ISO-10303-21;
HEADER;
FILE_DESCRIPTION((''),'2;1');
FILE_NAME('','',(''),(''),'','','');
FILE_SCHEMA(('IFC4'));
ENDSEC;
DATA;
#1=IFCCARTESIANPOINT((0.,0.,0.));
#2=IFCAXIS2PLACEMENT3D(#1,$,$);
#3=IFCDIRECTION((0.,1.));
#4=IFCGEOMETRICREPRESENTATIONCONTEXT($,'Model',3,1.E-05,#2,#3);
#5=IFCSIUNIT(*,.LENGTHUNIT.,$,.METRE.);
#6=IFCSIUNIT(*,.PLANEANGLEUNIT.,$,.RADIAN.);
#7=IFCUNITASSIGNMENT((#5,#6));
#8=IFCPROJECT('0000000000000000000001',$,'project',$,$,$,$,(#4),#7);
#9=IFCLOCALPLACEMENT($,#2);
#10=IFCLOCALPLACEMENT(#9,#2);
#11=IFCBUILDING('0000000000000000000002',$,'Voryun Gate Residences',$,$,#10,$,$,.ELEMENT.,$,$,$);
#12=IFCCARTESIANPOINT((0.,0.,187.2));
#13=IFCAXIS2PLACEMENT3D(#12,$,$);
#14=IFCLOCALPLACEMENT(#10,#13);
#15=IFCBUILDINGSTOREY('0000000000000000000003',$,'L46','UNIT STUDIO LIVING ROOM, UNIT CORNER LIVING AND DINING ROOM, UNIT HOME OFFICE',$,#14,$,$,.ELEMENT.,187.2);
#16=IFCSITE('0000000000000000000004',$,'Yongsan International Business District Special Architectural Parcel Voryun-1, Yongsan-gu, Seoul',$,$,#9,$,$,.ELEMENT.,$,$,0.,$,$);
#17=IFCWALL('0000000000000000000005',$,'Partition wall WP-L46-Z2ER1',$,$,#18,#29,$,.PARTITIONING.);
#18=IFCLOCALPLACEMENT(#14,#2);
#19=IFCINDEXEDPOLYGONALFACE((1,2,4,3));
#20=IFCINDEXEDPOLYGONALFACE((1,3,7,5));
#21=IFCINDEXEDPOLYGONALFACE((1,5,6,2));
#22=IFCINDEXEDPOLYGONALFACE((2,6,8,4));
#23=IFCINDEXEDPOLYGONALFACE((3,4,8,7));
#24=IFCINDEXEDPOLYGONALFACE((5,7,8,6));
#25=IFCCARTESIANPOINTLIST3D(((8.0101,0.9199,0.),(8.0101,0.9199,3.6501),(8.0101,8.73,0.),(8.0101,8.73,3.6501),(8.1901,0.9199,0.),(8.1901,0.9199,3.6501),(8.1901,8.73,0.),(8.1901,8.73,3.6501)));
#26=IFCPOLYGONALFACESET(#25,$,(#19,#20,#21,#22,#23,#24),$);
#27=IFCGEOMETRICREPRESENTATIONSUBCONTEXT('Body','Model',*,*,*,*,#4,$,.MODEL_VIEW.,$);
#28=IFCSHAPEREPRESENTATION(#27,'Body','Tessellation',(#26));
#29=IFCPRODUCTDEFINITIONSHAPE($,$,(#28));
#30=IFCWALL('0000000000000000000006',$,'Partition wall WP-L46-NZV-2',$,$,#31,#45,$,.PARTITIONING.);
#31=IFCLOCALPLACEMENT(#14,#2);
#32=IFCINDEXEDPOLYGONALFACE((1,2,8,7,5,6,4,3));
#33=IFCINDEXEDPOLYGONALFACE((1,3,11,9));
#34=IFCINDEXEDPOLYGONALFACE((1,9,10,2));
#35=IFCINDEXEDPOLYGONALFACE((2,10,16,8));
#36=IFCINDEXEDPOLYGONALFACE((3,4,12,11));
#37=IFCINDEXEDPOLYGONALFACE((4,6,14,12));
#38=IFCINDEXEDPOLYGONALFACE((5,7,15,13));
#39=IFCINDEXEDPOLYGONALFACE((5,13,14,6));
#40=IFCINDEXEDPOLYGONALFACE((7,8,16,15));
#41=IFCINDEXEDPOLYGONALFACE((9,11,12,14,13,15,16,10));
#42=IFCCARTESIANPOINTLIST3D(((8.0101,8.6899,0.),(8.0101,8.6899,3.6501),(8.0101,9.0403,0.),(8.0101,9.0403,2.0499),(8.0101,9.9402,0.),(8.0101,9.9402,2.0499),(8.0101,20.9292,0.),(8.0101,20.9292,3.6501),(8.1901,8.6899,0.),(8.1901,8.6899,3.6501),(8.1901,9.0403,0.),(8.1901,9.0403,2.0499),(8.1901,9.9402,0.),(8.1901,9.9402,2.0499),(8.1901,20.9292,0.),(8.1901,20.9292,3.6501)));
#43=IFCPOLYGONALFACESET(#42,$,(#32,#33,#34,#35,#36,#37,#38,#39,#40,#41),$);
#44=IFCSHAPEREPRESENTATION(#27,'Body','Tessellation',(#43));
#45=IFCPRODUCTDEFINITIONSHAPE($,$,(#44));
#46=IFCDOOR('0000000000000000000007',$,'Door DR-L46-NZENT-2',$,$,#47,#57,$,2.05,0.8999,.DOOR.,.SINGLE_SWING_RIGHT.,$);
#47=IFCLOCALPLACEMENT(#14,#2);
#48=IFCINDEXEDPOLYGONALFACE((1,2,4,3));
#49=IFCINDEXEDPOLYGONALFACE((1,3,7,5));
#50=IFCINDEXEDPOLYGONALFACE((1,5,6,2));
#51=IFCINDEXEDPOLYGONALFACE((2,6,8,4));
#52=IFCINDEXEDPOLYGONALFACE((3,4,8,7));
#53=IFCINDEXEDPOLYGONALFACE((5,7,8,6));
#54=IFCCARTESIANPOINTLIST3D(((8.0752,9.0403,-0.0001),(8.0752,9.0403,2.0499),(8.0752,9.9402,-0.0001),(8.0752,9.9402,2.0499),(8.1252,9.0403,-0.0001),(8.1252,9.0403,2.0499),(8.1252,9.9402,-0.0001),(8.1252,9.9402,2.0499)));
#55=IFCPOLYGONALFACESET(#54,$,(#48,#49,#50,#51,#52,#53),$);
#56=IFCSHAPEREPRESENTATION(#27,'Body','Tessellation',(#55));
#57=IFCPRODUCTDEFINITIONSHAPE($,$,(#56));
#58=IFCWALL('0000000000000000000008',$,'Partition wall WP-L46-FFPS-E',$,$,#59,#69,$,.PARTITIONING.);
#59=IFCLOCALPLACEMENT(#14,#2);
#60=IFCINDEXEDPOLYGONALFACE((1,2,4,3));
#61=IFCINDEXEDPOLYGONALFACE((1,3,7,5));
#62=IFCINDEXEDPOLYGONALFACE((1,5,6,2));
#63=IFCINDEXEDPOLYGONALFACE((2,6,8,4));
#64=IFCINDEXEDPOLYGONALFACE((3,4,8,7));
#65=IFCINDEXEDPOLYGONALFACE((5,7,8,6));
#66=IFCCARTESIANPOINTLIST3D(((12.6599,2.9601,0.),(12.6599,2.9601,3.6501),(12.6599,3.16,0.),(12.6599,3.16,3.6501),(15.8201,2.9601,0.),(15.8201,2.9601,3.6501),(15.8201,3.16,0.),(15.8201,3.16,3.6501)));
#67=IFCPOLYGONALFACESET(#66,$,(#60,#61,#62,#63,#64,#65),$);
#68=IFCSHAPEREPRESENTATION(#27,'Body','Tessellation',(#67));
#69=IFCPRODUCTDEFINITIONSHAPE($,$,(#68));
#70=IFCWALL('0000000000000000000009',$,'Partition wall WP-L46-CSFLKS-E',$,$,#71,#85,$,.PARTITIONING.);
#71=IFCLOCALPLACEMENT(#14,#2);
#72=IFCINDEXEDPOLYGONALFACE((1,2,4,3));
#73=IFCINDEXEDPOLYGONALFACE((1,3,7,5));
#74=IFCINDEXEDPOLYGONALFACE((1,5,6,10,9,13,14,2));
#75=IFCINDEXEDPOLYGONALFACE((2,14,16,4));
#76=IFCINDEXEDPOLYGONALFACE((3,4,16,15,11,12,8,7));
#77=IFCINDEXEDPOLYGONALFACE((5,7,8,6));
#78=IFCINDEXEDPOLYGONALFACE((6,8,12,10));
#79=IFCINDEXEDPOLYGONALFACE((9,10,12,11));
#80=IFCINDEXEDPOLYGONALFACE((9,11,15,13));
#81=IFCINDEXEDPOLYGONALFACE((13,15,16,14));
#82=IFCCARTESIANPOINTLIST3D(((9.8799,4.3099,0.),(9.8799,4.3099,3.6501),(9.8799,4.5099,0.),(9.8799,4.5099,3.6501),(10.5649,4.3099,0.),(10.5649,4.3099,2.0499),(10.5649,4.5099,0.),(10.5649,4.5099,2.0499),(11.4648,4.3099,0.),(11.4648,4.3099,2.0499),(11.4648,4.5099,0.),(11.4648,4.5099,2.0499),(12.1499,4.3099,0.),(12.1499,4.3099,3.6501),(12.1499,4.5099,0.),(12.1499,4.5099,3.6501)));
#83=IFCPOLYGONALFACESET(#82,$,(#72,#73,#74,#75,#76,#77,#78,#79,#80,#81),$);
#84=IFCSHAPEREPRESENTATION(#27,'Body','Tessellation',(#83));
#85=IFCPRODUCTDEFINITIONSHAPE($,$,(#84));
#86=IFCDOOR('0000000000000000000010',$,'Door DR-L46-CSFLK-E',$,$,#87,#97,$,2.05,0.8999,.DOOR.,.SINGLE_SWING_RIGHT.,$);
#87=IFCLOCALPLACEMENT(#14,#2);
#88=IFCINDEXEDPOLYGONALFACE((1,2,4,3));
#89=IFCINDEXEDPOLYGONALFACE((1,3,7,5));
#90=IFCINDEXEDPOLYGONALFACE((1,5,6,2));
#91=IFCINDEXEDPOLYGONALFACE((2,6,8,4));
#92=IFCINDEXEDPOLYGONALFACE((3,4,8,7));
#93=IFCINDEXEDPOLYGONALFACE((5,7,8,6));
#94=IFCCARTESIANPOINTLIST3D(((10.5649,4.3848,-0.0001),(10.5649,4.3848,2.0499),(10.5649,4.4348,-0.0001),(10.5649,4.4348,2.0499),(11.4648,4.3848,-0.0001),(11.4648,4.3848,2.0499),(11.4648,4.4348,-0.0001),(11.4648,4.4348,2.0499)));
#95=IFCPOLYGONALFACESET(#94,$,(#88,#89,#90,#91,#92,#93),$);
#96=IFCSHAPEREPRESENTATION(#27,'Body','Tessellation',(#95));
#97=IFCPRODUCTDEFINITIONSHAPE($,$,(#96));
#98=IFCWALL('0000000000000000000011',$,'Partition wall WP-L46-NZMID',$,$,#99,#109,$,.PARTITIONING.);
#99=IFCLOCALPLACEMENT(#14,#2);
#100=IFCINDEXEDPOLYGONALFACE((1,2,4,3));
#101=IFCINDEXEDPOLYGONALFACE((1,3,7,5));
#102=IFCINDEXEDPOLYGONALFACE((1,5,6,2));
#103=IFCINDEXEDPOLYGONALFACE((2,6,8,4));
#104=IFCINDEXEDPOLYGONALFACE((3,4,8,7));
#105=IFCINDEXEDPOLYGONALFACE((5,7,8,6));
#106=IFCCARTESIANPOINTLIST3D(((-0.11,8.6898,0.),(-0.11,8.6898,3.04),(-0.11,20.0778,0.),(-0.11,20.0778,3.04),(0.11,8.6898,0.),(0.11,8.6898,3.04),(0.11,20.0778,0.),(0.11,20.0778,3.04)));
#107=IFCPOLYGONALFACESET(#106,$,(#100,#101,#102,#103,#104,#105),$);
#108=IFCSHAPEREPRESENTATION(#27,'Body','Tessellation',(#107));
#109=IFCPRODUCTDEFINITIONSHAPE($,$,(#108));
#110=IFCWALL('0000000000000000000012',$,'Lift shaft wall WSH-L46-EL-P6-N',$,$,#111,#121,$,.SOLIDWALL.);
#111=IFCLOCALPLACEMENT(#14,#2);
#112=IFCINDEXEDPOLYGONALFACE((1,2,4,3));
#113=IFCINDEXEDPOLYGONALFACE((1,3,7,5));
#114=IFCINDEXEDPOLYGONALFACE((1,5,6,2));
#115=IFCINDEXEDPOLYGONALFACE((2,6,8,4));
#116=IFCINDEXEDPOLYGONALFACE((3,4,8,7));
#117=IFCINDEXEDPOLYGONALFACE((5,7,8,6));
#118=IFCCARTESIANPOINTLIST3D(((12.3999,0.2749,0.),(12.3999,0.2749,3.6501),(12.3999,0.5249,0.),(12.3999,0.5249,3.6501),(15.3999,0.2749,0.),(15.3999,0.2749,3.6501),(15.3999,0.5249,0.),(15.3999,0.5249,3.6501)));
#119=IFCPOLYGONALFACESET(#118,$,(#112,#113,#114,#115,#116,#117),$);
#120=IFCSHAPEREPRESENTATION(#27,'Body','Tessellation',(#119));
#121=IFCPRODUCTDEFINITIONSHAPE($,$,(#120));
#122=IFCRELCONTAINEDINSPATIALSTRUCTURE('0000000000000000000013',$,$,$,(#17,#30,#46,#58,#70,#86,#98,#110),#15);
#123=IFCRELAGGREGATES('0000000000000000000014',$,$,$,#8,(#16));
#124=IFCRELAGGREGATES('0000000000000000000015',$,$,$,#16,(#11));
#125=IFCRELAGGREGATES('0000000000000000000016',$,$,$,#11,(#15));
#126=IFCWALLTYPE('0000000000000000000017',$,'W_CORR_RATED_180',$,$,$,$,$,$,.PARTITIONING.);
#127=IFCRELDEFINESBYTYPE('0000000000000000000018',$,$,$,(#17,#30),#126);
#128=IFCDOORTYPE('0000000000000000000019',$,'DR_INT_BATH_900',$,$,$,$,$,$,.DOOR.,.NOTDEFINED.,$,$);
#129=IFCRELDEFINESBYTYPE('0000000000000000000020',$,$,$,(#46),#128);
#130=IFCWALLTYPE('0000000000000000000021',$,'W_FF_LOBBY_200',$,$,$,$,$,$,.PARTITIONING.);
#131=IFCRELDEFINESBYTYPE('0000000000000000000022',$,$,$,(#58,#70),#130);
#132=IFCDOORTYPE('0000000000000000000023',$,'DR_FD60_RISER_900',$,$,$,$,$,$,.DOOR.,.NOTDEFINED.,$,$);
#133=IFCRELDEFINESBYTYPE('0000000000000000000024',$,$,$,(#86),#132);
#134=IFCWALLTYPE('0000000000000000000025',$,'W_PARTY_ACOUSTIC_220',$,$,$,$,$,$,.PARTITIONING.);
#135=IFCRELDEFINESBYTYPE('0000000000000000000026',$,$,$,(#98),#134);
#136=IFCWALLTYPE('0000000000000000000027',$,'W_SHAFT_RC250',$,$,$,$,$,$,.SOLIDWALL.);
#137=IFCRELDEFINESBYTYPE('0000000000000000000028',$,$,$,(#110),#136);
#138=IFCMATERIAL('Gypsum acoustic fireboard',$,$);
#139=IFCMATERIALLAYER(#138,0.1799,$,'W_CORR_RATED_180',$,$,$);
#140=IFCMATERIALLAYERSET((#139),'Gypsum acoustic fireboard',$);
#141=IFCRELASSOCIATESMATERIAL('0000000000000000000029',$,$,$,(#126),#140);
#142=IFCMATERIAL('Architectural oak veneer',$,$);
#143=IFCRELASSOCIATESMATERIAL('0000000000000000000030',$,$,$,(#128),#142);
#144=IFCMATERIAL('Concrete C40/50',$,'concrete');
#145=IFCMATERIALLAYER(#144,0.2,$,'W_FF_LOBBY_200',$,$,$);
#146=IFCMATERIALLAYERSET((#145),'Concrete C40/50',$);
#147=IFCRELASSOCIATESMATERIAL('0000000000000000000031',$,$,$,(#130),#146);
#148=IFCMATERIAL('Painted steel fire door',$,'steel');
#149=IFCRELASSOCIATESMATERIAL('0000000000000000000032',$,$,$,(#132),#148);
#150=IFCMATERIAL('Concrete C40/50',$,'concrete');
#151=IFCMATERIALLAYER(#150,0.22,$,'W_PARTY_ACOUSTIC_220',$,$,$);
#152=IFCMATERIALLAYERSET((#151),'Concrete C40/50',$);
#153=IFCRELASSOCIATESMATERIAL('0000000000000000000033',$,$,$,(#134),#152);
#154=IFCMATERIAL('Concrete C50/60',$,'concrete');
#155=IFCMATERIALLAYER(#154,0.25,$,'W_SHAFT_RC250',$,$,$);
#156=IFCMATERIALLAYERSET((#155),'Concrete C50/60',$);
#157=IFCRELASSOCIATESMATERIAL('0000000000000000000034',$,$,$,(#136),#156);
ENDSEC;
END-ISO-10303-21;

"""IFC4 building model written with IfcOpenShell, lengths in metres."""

from ifc_helpers import new_model, si_unit, direction, frame, frame_2d, origin, place, context, subcontext, project, spatial, rectangle, extrude, material, layer, layer_set, type_object, element, fill, save


model = new_model("IFC4")

# Units and contexts
model_context = context("Model", 3, precision=1e-05, world=origin(), true_north=direction((0.0, 1.0)))
body_context = subcontext(model_context, "Body", "Model", "MODEL_VIEW")
ifc_project = project(units=[si_unit("LENGTHUNIT", "METRE"), si_unit("PLANEANGLEUNIT", "RADIAN")], contexts=[model_context])

# Site, building, storey
site_placement = place(None, origin())
site = spatial("IfcSite", under=ifc_project, at=site_placement, Name="Yongsan International Business District Special Architectural Parcel Voryun-1, Yongsan-gu, Seoul", CompositionType="ELEMENT", RefElevation=0.0)
building_placement = place(site_placement, origin())
building = spatial("IfcBuilding", under=site, at=building_placement, Name="Voryun Gate Residences", CompositionType="ELEMENT")
storey_placement = place(building_placement, frame((0.0, 0.0, 187.2)))
storey = spatial("IfcBuildingStorey", under=building, at=storey_placement, Name="L46", Description="UNIT STUDIO LIVING ROOM, UNIT CORNER LIVING AND DINING ROOM, UNIT HOME OFFICE", CompositionType="ELEMENT", Elevation=187.2)

# Wall
ifc_material_1 = material(Name="Gypsum acoustic fireboard")
ifc_layer_1 = layer(ifc_material_1, 0.1799, Name="W_CORR_RATED_180")
ifc_layer_set_1 = layer_set([ifc_layer_1], Name="Gypsum acoustic fireboard")
wall_type_1 = type_object("IfcWallType", Name="W_CORR_RATED_180", PredefinedType="PARTITIONING", material=ifc_layer_set_1)
wall_1_placement = place(storey_placement, frame((8.1001, 0.9199, 0.0), z_axis=(0.0, 0.0, 1.0), x_axis=(0.0, 1.0, 0.0)))
element("IfcWall", 1, at=wall_1_placement, inside=storey, type_object=wall_type_1, Name="Partition wall WP-L46-Z2ER1", PredefinedType="PARTITIONING", context=body_context, shape_type="SweptSolid", body=[
    extrude(rectangle(XDim=7.8101, YDim=0.1799, at=frame_2d((3.905, 0.0))), origin(), (0.0, 0.0, 1.0), 3.6501),
])

# Wall, opening, door
wall_2_placement = place(storey_placement, frame((8.1001, 8.6899, 0.0), z_axis=(0.0, 0.0, 1.0), x_axis=(0.0, 1.0, 0.0)))
wall_2 = element("IfcWall", 2, at=wall_2_placement, inside=storey, type_object=wall_type_1, Name="Partition wall WP-L46-NZV-2", PredefinedType="PARTITIONING", context=body_context, shape_type="SweptSolid", body=[
    extrude(rectangle(XDim=12.2393, YDim=0.1799, at=frame_2d((6.1196, 0.0))), origin(), (0.0, 0.0, 1.0), 3.6501),
])
opening_1_placement = place(wall_2_placement, frame((0.3503, 0.0, 0.0)))
opening_1 = element("IfcOpeningElement", 3, at=opening_1_placement, cuts=wall_2, PredefinedType="OPENING", context=body_context, shape_type="SweptSolid", body=[
    extrude(rectangle(XDim=0.8999, YDim=2.05, at=frame_2d((0.45, 1.0249))), frame((0.0, 0.0999, 0.0), z_axis=(0.0, -1.0, 0.0), x_axis=(1.0, 0.0, 0.0)), (0.0, 0.0, 1.0), 0.2),
])
ifc_material_2 = material(Name="Architectural oak veneer")
door_type_1 = type_object("IfcDoorType", Name="DR_INT_BATH_900", OperationType="NOTDEFINED", PredefinedType="DOOR", material=ifc_material_2)
door_1_placement = place(opening_1_placement, origin())
door_1 = element("IfcDoor", 4, at=door_1_placement, inside=storey, type_object=door_type_1, Name="Door DR-L46-NZENT-2", OperationType="SINGLE_SWING_RIGHT", OverallHeight=2.05, OverallWidth=0.8999, PredefinedType="DOOR", context=body_context, shape_type="SweptSolid", body=[
    extrude(rectangle(XDim=0.8999, YDim=2.05, at=frame_2d((0.45, 1.0249))), frame((0.0, 0.0249, 0.0), z_axis=(0.0, -1.0, 0.0), x_axis=(1.0, 0.0, 0.0)), (0.0, 0.0, 1.0), 0.05),
])
fill(opening_1, door_1)

# Wall
ifc_material_3 = material(Name="Concrete C40/50", Category="concrete")
ifc_layer_2 = layer(ifc_material_3, 0.2, Name="W_FF_LOBBY_200")
ifc_layer_set_2 = layer_set([ifc_layer_2], Name="Concrete C40/50")
wall_type_2 = type_object("IfcWallType", Name="W_FF_LOBBY_200", PredefinedType="PARTITIONING", material=ifc_layer_set_2)
wall_3_placement = place(storey_placement, frame((12.6599, 3.0601, 0.0), z_axis=(0.0, 0.0, 1.0), x_axis=(1.0, 0.0, 0.0)))
element("IfcWall", 5, at=wall_3_placement, inside=storey, type_object=wall_type_2, Name="Partition wall WP-L46-FFPS-E", PredefinedType="PARTITIONING", context=body_context, shape_type="SweptSolid", body=[
    extrude(rectangle(XDim=3.1602, YDim=0.2, at=frame_2d((1.5801, 0.0))), origin(), (0.0, 0.0, 1.0), 3.6501),
])

# Wall, opening, door
wall_4_placement = place(storey_placement, frame((9.8799, 4.4099, 0.0), z_axis=(0.0, 0.0, 1.0), x_axis=(1.0, 0.0, 0.0)))
wall_4 = element("IfcWall", 6, at=wall_4_placement, inside=storey, type_object=wall_type_2, Name="Partition wall WP-L46-CSFLKS-E", PredefinedType="PARTITIONING", context=body_context, shape_type="SweptSolid", body=[
    extrude(rectangle(XDim=2.27, YDim=0.2, at=frame_2d((1.135, 0.0))), origin(), (0.0, 0.0, 1.0), 3.6501),
])
opening_2_placement = place(wall_4_placement, frame((0.6851, 0.0, 0.0)))
opening_2 = element("IfcOpeningElement", 7, at=opening_2_placement, cuts=wall_4, PredefinedType="OPENING", context=body_context, shape_type="SweptSolid", body=[
    extrude(rectangle(XDim=0.8999, YDim=2.05, at=frame_2d((0.45, 1.0249))), frame((0.0, 0.1101, 0.0), z_axis=(0.0, -1.0, 0.0), x_axis=(1.0, 0.0, 0.0)), (0.0, 0.0, 1.0), 0.22),
])
ifc_material_4 = material(Name="Painted steel fire door", Category="steel")
door_type_2 = type_object("IfcDoorType", Name="DR_FD60_RISER_900", OperationType="NOTDEFINED", PredefinedType="DOOR", material=ifc_material_4)
door_2_placement = place(opening_2_placement, origin())
door_2 = element("IfcDoor", 8, at=door_2_placement, inside=storey, type_object=door_type_2, Name="Door DR-L46-CSFLK-E", OperationType="SINGLE_SWING_RIGHT", OverallHeight=2.05, OverallWidth=0.8999, PredefinedType="DOOR", context=body_context, shape_type="SweptSolid", body=[
    extrude(rectangle(XDim=0.8999, YDim=2.05, at=frame_2d((0.45, 1.0249))), frame((0.0, 0.0249, 0.0), z_axis=(0.0, -1.0, 0.0), x_axis=(1.0, 0.0, 0.0)), (0.0, 0.0, 1.0), 0.05),
])
fill(opening_2, door_2)

# Walls
ifc_material_5 = material(Name="Concrete C40/50", Category="concrete")
ifc_layer_3 = layer(ifc_material_5, 0.22, Name="W_PARTY_ACOUSTIC_220")
ifc_layer_set_3 = layer_set([ifc_layer_3], Name="Concrete C40/50")
wall_type_3 = type_object("IfcWallType", Name="W_PARTY_ACOUSTIC_220", PredefinedType="PARTITIONING", material=ifc_layer_set_3)
wall_5_placement = place(storey_placement, frame((0.0, 8.6899, 0.0), z_axis=(0.0, 0.0, 1.0), x_axis=(0.0, 1.0, 0.0)))
element("IfcWall", 9, at=wall_5_placement, inside=storey, type_object=wall_type_3, Name="Partition wall WP-L46-NZMID", PredefinedType="PARTITIONING", context=body_context, shape_type="SweptSolid", body=[
    extrude(rectangle(XDim=11.3879, YDim=0.22, at=frame_2d((5.6938, 0.0))), origin(), (0.0, 0.0, 1.0), 3.04),
])
ifc_material_6 = material(Name="Concrete C50/60", Category="concrete")
ifc_layer_4 = layer(ifc_material_6, 0.25, Name="W_SHAFT_RC250")
ifc_layer_set_4 = layer_set([ifc_layer_4], Name="Concrete C50/60")
wall_type_4 = type_object("IfcWallType", Name="W_SHAFT_RC250", PredefinedType="SOLIDWALL", material=ifc_layer_set_4)
wall_6_placement = place(storey_placement, frame((15.3999, 0.3999, 0.0), z_axis=(0.0, 0.0, 1.0), x_axis=(-1.0, 0.0, 0.0)))
element("IfcWall", 10, at=wall_6_placement, inside=storey, type_object=wall_type_4, Name="Lift shaft wall WSH-L46-EL-P6-N", PredefinedType="SOLIDWALL", context=body_context, shape_type="SweptSolid", body=[
    extrude(rectangle(XDim=3.0, YDim=0.25, at=frame_2d((1.5, 0.0))), origin(), (0.0, 0.0, 1.0), 3.6501),
])

save(model, "model.ifc")
